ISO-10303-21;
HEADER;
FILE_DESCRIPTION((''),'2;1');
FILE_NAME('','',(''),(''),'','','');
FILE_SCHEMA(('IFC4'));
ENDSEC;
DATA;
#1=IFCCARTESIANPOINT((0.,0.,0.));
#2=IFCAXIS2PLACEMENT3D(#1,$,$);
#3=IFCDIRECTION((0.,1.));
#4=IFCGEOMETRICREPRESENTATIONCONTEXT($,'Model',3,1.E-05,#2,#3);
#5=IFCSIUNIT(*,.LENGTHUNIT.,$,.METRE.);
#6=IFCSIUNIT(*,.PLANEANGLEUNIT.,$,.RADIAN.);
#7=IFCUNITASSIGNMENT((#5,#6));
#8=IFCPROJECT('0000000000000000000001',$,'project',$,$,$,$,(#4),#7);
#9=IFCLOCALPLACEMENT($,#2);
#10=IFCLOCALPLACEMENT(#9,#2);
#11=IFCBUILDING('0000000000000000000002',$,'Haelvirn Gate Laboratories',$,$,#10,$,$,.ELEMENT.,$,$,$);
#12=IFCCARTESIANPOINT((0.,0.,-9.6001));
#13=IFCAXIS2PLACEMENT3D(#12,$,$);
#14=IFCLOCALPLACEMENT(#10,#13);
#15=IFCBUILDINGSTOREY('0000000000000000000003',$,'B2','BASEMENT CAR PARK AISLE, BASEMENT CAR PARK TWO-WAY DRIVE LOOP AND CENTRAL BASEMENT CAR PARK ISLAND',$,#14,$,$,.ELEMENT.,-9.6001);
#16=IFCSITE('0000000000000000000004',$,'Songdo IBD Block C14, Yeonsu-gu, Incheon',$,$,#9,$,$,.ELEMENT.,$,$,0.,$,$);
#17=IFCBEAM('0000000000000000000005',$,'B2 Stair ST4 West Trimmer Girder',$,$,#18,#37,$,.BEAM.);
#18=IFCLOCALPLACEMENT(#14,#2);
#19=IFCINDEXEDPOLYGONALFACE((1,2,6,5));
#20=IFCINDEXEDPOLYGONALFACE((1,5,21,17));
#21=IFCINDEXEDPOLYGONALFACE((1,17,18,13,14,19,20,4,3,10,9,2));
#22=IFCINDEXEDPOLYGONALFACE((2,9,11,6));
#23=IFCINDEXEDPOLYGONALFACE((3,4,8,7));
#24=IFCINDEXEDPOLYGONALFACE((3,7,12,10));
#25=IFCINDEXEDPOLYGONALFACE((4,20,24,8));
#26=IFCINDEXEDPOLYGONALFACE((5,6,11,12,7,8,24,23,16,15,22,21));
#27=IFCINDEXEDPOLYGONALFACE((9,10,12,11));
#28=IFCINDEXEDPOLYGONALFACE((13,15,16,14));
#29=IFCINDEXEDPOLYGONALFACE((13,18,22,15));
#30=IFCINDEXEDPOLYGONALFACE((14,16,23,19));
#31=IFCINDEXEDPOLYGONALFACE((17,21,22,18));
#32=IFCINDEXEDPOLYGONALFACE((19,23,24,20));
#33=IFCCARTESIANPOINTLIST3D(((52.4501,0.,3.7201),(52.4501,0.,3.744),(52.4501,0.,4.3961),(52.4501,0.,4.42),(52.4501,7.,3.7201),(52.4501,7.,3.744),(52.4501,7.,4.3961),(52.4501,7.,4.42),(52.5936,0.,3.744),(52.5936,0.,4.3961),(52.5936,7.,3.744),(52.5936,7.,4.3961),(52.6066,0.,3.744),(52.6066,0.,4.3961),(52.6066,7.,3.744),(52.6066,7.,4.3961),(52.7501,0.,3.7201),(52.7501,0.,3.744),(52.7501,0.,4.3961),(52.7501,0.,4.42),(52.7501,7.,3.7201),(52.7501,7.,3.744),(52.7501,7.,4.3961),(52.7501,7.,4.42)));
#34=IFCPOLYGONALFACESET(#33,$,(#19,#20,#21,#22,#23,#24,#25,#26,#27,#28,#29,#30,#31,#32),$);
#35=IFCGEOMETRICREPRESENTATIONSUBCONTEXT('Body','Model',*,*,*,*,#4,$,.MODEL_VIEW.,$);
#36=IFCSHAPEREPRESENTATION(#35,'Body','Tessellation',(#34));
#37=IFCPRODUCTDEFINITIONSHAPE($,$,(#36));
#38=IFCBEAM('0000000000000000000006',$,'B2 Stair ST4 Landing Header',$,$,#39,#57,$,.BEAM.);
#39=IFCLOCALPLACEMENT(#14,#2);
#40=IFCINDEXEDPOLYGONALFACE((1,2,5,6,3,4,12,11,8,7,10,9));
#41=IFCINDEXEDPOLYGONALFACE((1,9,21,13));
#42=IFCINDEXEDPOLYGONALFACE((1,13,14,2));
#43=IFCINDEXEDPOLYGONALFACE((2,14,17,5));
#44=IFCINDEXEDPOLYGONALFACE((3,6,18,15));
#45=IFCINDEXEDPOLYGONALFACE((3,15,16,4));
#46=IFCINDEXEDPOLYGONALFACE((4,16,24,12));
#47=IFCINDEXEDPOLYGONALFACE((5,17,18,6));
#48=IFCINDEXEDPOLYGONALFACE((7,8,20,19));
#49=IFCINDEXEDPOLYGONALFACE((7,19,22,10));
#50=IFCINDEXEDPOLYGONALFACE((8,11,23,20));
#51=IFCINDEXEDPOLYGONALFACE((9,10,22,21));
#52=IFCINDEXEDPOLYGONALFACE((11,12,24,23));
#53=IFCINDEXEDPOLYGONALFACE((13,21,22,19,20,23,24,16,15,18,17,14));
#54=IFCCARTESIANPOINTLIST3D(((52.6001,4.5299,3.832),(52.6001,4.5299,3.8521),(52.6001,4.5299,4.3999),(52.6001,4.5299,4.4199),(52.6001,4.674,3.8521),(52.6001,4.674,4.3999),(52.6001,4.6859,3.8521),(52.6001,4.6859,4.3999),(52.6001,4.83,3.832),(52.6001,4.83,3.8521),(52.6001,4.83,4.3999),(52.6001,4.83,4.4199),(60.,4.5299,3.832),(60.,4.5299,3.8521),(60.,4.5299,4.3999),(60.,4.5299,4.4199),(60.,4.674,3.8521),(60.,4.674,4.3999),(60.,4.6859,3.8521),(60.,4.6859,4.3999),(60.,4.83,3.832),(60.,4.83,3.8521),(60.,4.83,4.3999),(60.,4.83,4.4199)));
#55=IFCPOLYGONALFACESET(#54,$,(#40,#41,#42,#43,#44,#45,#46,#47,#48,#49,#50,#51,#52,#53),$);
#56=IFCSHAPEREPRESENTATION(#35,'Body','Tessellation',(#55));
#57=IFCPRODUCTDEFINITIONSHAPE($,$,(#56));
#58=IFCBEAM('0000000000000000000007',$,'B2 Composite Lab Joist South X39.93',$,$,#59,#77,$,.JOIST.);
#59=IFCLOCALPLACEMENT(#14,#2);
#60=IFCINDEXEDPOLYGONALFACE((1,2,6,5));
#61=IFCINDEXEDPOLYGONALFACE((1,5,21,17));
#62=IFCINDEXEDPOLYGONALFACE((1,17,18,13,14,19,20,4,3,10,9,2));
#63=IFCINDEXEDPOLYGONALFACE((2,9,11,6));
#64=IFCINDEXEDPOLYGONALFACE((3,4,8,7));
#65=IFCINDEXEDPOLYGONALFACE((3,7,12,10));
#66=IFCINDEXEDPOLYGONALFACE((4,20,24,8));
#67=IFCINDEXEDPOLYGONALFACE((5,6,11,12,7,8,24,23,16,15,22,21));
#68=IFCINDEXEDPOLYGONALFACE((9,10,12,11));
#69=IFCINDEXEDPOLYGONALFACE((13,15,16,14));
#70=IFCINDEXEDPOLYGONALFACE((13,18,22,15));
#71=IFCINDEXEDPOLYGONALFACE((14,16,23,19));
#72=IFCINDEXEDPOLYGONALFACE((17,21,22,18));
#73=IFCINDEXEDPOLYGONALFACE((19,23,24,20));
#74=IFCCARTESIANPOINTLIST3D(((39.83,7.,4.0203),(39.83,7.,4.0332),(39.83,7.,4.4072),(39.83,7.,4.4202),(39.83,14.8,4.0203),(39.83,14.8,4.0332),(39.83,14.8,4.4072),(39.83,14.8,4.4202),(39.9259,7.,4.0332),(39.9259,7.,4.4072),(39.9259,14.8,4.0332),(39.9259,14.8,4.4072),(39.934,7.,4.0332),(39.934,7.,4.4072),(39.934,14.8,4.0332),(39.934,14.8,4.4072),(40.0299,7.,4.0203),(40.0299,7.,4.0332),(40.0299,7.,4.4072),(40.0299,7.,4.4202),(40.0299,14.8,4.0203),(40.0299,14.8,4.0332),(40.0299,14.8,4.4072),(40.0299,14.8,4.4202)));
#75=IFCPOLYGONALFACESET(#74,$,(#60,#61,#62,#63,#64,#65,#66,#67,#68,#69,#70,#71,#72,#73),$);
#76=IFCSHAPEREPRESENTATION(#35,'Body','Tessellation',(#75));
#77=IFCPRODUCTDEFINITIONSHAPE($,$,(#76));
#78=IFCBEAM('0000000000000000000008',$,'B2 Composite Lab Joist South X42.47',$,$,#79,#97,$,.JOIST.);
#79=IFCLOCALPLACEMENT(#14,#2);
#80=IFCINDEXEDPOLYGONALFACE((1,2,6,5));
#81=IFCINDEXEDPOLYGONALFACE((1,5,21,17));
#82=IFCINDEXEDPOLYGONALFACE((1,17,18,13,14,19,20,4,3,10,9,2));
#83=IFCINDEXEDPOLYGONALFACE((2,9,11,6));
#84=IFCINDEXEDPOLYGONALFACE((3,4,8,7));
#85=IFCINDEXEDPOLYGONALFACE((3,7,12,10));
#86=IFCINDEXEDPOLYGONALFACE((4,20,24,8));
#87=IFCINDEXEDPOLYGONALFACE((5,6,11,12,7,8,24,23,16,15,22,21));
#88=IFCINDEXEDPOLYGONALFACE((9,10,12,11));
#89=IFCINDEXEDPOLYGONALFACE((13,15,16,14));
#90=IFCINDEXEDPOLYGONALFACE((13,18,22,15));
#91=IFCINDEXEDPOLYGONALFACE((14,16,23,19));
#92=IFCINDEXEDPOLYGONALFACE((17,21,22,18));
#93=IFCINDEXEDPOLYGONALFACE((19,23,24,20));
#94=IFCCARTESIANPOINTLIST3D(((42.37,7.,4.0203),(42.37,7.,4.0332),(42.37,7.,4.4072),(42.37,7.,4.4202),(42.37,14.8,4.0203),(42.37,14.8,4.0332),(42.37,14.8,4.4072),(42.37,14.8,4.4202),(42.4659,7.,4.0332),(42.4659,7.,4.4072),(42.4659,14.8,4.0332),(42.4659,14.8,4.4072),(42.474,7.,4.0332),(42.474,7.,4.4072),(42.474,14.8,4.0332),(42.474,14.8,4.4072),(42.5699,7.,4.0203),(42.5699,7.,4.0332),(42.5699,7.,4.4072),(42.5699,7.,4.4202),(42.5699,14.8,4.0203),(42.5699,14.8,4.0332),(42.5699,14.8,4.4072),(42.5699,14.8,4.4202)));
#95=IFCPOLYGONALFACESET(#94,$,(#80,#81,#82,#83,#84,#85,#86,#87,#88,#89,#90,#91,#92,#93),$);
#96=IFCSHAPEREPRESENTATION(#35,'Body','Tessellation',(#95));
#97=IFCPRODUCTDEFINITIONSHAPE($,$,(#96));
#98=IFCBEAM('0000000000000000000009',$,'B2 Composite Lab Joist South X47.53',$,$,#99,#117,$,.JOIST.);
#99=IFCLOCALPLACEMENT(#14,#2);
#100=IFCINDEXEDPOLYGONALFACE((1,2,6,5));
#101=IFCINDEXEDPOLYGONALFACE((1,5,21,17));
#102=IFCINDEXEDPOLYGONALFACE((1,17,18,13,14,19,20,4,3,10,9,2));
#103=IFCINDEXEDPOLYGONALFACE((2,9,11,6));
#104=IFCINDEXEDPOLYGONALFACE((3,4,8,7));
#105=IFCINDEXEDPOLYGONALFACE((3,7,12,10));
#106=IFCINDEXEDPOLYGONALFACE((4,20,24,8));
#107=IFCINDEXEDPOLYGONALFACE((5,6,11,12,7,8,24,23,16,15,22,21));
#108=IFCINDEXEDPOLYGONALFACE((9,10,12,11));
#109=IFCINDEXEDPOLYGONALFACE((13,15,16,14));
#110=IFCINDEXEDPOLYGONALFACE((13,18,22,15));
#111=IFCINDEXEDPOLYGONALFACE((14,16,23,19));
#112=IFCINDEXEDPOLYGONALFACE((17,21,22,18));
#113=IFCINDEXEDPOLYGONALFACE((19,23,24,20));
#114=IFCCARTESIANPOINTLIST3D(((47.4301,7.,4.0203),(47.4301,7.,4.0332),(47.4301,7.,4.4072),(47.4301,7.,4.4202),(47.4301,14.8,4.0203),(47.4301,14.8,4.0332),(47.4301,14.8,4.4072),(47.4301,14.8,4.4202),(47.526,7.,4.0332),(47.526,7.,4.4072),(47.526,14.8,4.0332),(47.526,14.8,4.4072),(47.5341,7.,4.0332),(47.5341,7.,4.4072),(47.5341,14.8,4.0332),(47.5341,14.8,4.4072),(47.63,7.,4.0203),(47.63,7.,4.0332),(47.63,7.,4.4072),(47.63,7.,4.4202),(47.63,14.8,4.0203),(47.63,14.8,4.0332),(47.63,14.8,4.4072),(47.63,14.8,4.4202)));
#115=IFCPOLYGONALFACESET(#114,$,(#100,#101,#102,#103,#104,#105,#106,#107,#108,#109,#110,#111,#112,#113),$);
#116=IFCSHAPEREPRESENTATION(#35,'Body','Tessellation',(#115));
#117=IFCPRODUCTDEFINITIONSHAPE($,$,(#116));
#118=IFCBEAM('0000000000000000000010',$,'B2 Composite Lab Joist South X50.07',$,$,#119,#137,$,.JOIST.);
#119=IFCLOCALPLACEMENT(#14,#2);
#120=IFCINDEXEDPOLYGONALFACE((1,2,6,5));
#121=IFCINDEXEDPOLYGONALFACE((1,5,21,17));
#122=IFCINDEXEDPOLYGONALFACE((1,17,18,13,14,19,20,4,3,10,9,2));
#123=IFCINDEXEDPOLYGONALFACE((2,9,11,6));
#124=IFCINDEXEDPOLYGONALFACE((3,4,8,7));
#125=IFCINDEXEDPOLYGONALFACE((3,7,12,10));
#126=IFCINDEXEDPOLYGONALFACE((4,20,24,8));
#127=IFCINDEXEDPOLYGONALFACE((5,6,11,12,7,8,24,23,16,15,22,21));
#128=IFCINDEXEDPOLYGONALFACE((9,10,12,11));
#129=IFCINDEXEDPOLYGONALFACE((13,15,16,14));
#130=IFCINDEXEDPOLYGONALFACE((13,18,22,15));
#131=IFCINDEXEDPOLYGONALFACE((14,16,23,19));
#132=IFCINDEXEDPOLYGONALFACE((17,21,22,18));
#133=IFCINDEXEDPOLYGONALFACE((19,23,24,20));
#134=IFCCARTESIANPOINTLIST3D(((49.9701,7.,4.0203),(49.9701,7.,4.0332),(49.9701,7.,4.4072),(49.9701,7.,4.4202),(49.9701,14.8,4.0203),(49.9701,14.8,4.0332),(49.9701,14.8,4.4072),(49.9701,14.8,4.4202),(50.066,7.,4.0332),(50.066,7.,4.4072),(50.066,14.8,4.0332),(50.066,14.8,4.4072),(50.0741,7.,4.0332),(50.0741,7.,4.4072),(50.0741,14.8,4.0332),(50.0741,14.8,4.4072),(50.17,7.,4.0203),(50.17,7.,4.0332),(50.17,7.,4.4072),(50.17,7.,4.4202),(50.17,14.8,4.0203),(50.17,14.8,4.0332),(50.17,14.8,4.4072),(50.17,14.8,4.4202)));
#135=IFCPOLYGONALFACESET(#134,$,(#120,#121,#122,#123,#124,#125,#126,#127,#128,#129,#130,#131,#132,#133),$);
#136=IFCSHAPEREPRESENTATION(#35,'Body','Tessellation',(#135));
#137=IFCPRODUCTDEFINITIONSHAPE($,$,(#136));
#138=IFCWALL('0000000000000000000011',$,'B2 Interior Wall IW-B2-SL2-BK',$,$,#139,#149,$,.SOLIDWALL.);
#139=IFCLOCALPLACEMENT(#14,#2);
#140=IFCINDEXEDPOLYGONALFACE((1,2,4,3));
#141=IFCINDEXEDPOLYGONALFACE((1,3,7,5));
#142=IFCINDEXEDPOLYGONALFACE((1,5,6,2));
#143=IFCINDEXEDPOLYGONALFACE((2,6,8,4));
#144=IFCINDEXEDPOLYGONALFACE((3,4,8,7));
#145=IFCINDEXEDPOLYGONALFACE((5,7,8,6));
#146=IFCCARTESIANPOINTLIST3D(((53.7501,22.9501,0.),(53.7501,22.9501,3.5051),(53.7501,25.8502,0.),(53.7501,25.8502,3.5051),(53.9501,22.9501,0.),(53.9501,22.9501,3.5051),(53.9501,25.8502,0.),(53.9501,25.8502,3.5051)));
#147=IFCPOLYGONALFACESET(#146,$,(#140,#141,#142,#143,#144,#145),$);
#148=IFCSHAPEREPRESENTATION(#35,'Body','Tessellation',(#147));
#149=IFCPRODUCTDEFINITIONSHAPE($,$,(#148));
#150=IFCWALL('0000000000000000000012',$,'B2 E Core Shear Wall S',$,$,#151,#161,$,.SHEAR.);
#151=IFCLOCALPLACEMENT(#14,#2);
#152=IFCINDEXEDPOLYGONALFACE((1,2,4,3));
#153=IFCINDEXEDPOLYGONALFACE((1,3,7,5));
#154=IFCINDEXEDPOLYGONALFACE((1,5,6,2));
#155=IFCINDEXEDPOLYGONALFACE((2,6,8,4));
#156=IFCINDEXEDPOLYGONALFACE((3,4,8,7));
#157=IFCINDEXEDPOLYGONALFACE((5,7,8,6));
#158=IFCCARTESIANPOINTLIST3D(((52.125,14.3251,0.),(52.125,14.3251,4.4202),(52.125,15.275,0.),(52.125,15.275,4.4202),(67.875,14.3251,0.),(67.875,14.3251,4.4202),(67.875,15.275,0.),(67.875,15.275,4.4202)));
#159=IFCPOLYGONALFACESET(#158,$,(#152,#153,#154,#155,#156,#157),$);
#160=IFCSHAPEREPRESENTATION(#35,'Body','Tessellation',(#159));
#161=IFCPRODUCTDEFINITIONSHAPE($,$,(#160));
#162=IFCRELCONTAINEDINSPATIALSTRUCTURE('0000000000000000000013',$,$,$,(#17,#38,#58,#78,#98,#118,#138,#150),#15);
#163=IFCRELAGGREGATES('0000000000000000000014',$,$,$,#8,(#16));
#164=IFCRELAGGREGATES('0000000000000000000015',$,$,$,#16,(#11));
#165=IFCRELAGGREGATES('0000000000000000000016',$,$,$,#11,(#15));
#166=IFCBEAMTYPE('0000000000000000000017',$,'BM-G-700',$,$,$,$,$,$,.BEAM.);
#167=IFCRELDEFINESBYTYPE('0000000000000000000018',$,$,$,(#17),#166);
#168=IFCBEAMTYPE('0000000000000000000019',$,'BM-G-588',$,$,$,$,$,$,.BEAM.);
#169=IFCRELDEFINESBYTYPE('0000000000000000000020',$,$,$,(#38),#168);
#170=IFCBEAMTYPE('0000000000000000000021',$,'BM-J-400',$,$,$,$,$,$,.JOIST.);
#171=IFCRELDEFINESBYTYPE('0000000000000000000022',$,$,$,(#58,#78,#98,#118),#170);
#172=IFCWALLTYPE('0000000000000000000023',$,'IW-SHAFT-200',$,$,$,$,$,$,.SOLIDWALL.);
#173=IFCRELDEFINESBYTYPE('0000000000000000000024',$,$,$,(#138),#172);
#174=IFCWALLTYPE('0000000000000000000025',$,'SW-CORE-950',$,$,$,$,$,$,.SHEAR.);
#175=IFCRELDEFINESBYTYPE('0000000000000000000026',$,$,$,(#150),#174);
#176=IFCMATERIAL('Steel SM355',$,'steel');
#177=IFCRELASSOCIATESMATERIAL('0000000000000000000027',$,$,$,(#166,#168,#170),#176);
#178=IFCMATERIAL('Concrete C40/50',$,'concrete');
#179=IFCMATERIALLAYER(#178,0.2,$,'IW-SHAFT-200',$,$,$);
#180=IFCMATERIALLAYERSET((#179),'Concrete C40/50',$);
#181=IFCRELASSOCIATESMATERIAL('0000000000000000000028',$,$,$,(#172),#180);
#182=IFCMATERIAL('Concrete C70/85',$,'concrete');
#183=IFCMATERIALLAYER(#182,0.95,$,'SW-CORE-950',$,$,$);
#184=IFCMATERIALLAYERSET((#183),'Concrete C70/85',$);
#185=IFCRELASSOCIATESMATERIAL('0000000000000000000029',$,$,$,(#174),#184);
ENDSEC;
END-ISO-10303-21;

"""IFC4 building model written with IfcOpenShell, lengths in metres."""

from ifc_helpers import new_model, si_unit, direction, frame, frame_2d, origin, origin_2d, place, context, subcontext, project, spatial, rectangle, i_section, extrude, source, transform, mapped, material, layer, layer_set, material_profile, profile_set, type_object, type_shapes, element, save


model = new_model("IFC4")

# Units and contexts
model_context = context("Model", 3, precision=1e-05, world=origin(), true_north=direction((0.0, 1.0)))
body_context = subcontext(model_context, "Body", "Model", "MODEL_VIEW")
ifc_project = project(units=[si_unit("LENGTHUNIT", "METRE"), si_unit("PLANEANGLEUNIT", "RADIAN")], contexts=[model_context])

# Site, building, storey
site_placement = place(None, origin())
site = spatial("IfcSite", under=ifc_project, at=site_placement, Name="Songdo IBD Block C14, Yeonsu-gu, Incheon", CompositionType="ELEMENT", RefElevation=0.0)
building_placement = place(site_placement, origin())
building = spatial("IfcBuilding", under=site, at=building_placement, Name="Haelvirn Gate Laboratories", CompositionType="ELEMENT")
storey_placement = place(building_placement, frame((0.0, 0.0, -9.6001)))
storey = spatial("IfcBuildingStorey", under=building, at=storey_placement, Name="B2", Description="BASEMENT CAR PARK AISLE, BASEMENT CAR PARK TWO-WAY DRIVE LOOP AND CENTRAL BASEMENT CAR PARK ISLAND", CompositionType="ELEMENT", Elevation=-9.6001)

# Shared definitions
ifc_material_1 = material(Name="Concrete C70/85", Category="concrete")

# Beams
ifc_material_2 = material(Name="Steel SM355", Category="steel")
ifc_material_profile_1 = material_profile(ifc_material_2, i_section(OverallWidth=0.3, OverallDepth=0.7, WebThickness=0.0129, FlangeThickness=0.0239, at=origin_2d()), Name="H-700x300x13x24")
ifc_profile_set_1 = profile_set([ifc_material_profile_1], Name="Steel SM355")
beam_type_1 = type_object("IfcBeamType", Name="BM-G-700", PredefinedType="BEAM", material=ifc_profile_set_1)
shared_shape_1 = source(origin(), body_context, "Body", "SweptSolid", [
    extrude(i_section(OverallWidth=0.3, OverallDepth=0.7, WebThickness=0.0129, FlangeThickness=0.0239, at=origin_2d()), origin(), (0.0, 0.0, 1.0), 7.0),
])
type_shapes(beam_type_1, [shared_shape_1])
beam_1_placement = place(storey_placement, frame((52.6001, 0.0, 4.0701), z_axis=(0.0, 1.0, 0.0), x_axis=(-1.0, 0.0, 0.0)))
element("IfcBeam", 1, at=beam_1_placement, inside=storey, type_object=beam_type_1, Name="B2 Stair ST4 West Trimmer Girder", PredefinedType="BEAM", context=body_context, shape_type="MappedRepresentation", body=[
    mapped(shared_shape_1, transform((0.0, 0.0, 0.0), scale=1.0)),
])
ifc_material_profile_2 = material_profile(ifc_material_2, i_section(OverallWidth=0.3, OverallDepth=0.5879, WebThickness=0.012, FlangeThickness=0.02, at=origin_2d()), Name="H-588x300x12x20")
ifc_profile_set_2 = profile_set([ifc_material_profile_2], Name="Steel SM355")
beam_type_2 = type_object("IfcBeamType", Name="BM-G-588", PredefinedType="BEAM", material=ifc_profile_set_2)
shared_shape_2 = source(origin(), body_context, "Body", "SweptSolid", [
    extrude(i_section(OverallWidth=0.3, OverallDepth=0.5879, WebThickness=0.012, FlangeThickness=0.02, at=origin_2d()), origin(), (0.0, 0.0, 1.0), 7.3999),
])
type_shapes(beam_type_2, [shared_shape_2])
beam_2_placement = place(storey_placement, frame((52.6001, 4.6799, 4.126), z_axis=(1.0, 0.0, 0.0), x_axis=(0.0, 1.0, 0.0)))
element("IfcBeam", 2, at=beam_2_placement, inside=storey, type_object=beam_type_2, Name="B2 Stair ST4 Landing Header", PredefinedType="BEAM", context=body_context, shape_type="MappedRepresentation", body=[
    mapped(shared_shape_2, transform((0.0, 0.0, 0.0), scale=1.0)),
])
ifc_material_profile_3 = material_profile(ifc_material_2, i_section(OverallWidth=0.2, OverallDepth=0.3999, WebThickness=0.0081, FlangeThickness=0.0129, at=origin_2d()), Name="H-400x200x8x13")
ifc_profile_set_3 = profile_set([ifc_material_profile_3], Name="Steel SM355")
beam_type_3 = type_object("IfcBeamType", Name="BM-J-400", PredefinedType="JOIST", material=ifc_profile_set_3)
shared_shape_3 = source(origin(), body_context, "Body", "SweptSolid", [
    extrude(i_section(OverallWidth=0.2, OverallDepth=0.3999, WebThickness=0.0081, FlangeThickness=0.0129, at=origin_2d()), origin(), (0.0, 0.0, 1.0), 7.8),
])
type_shapes(beam_type_3, [shared_shape_3])
for number, where, z_axis, x_axis, name in (
    (3, (39.9299, 7.0, 4.2202), (0.0, 1.0, 0.0), (-1.0, 0.0, 0.0), "B2 Composite Lab Joist South X39.93"),
    (4, (42.47, 7.0, 4.2202), (0.0, 1.0, 0.0), (-1.0, 0.0, 0.0), "B2 Composite Lab Joist South X42.47"),
    (5, (47.53, 7.0, 4.2202), (0.0, 1.0, 0.0), (-1.0, 0.0, 0.0), "B2 Composite Lab Joist South X47.53"),
    (6, (50.0701, 7.0, 4.2202), (0.0, 1.0, 0.0), (-1.0, 0.0, 0.0), "B2 Composite Lab Joist South X50.07"),
):
    element("IfcBeam", number, at=place(storey_placement, frame(where, z_axis=z_axis, x_axis=x_axis)), inside=storey, type_object=beam_type_3, Name=name, PredefinedType="JOIST", context=body_context, shape_type="MappedRepresentation", body=[
        mapped(shared_shape_3, transform((0.0, 0.0, 0.0), scale=1.0)),
    ])

# Walls
ifc_material_3 = material(Name="Concrete C40/50", Category="concrete")
ifc_layer_1 = layer(ifc_material_3, 0.2, Name="IW-SHAFT-200")
ifc_layer_set_1 = layer_set([ifc_layer_1], Name="Concrete C40/50")
wall_type_1 = type_object("IfcWallType", Name="IW-SHAFT-200", PredefinedType="SOLIDWALL", material=ifc_layer_set_1)
wall_1_placement = place(storey_placement, frame((53.8501, 22.95, 0.0), z_axis=(0.0, 0.0, 1.0), x_axis=(0.0, 1.0, 0.0)))
element("IfcWall", 7, at=wall_1_placement, inside=storey, type_object=wall_type_1, Name="B2 Interior Wall IW-B2-SL2-BK", PredefinedType="SOLIDWALL", context=body_context, shape_type="SweptSolid", body=[
    extrude(rectangle(XDim=2.9001, YDim=0.2, at=frame_2d((1.4502, 0.0))), origin(), (0.0, 0.0, 1.0), 3.5051),
])
ifc_layer_2 = layer(ifc_material_1, 0.95, Name="SW-CORE-950")
ifc_layer_set_2 = layer_set([ifc_layer_2], Name="Concrete C70/85")
wall_type_2 = type_object("IfcWallType", Name="SW-CORE-950", PredefinedType="SHEAR", material=ifc_layer_set_2)
wall_2_placement = place(storey_placement, frame((52.125, 14.8, 0.0), z_axis=(0.0, 0.0, 1.0), x_axis=(1.0, 0.0, 0.0)))
element("IfcWall", 8, at=wall_2_placement, inside=storey, type_object=wall_type_2, Name="B2 E Core Shear Wall S", PredefinedType="SHEAR", context=body_context, shape_type="SweptSolid", body=[
    extrude(rectangle(XDim=15.75, YDim=0.95, at=frame_2d((7.875, 0.0))), origin(), (0.0, 0.0, 1.0), 4.4202),
])

save(model, "model.ifc")
